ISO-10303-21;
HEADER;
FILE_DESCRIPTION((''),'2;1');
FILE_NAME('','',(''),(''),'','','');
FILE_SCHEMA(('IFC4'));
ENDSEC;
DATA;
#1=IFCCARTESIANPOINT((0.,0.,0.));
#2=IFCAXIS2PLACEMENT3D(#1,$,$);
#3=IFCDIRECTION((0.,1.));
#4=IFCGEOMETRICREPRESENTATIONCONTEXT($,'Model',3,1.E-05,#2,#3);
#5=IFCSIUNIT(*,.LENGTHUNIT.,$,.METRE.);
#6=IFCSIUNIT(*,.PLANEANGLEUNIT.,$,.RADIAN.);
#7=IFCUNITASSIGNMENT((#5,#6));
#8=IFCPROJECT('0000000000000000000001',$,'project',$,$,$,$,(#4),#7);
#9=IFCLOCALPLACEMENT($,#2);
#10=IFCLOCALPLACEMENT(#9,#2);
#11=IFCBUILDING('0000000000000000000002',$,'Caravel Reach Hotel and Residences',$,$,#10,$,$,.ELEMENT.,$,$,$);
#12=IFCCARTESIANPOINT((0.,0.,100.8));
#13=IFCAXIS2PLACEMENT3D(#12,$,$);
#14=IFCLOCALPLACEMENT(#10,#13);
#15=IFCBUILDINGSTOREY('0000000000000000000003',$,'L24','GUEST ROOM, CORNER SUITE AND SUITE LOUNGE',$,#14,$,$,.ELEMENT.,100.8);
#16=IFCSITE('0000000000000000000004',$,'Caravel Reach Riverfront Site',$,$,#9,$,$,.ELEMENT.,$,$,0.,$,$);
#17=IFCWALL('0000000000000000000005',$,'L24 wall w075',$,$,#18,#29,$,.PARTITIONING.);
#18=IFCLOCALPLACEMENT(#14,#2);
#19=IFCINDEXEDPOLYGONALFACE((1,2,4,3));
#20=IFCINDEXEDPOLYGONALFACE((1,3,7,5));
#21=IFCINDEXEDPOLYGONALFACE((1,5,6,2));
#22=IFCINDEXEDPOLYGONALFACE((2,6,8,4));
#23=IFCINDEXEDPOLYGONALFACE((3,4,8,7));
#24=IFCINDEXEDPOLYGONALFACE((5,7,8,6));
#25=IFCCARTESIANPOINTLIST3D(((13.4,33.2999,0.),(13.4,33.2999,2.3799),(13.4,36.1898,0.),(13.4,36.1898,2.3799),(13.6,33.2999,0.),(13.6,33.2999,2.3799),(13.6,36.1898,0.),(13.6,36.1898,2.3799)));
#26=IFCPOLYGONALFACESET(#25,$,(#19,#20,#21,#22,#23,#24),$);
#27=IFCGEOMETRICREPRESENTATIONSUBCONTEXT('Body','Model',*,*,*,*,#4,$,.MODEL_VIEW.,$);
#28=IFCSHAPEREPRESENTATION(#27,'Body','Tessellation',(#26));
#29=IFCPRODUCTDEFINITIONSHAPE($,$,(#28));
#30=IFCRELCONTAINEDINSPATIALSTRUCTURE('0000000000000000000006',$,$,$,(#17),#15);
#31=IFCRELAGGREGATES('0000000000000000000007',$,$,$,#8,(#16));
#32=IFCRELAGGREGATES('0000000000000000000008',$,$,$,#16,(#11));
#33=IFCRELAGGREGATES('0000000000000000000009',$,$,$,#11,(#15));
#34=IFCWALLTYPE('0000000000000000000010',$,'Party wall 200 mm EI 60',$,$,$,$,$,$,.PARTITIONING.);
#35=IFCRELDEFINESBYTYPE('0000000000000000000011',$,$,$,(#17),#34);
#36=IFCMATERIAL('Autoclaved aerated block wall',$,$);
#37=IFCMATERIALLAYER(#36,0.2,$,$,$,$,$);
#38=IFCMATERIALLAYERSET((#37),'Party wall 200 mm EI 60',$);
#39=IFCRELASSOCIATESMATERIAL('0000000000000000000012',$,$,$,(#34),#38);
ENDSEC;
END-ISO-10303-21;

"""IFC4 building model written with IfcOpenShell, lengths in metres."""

from ifc_helpers import new_model, si_unit, direction, frame, frame_2d, origin, place, context, subcontext, project, spatial, rectangle, extrude, material, layer, layer_set, type_object, element, save


model = new_model("IFC4")

# Units and contexts
model_context = context("Model", 3, precision=1e-05, world=origin(), true_north=direction((0.0, 1.0)))
body_context = subcontext(model_context, "Body", "Model", "MODEL_VIEW")
ifc_project = project(units=[si_unit("LENGTHUNIT", "METRE"), si_unit("PLANEANGLEUNIT", "RADIAN")], contexts=[model_context])

# Site, building, storey
site_placement = place(None, origin())
site = spatial("IfcSite", under=ifc_project, at=site_placement, Name="Caravel Reach Riverfront Site", CompositionType="ELEMENT", RefElevation=0.0)
building_placement = place(site_placement, origin())
building = spatial("IfcBuilding", under=site, at=building_placement, Name="Caravel Reach Hotel and Residences", CompositionType="ELEMENT")
storey_placement = place(building_placement, frame((0.0, 0.0, 100.8)))
storey = spatial("IfcBuildingStorey", under=building, at=storey_placement, Name="L24", Description="GUEST ROOM, CORNER SUITE AND SUITE LOUNGE", CompositionType="ELEMENT", Elevation=100.8)

# Wall
ifc_material_1 = material(Name="Autoclaved aerated block wall")
ifc_layer_1 = layer(ifc_material_1, 0.2)
ifc_layer_set_1 = layer_set([ifc_layer_1], Name="Party wall 200 mm EI 60")
wall_type_1 = type_object("IfcWallType", Name="Party wall 200 mm EI 60", PredefinedType="PARTITIONING", material=ifc_layer_set_1)
wall_1_placement = place(storey_placement, frame((13.5, 33.3, 0.0), z_axis=(0.0, 0.0, 1.0), x_axis=(0.0, 1.0, 0.0)))
element("IfcWall", 1, at=wall_1_placement, inside=storey, type_object=wall_type_1, Name="L24 wall w075", PredefinedType="PARTITIONING", context=body_context, shape_type="SweptSolid", body=[
    extrude(rectangle(XDim=2.8899, YDim=0.2, at=frame_2d((1.4448, 0.0))), origin(), (0.0, 0.0, 1.0), 2.3799),
])

save(model, "model.ifc")
